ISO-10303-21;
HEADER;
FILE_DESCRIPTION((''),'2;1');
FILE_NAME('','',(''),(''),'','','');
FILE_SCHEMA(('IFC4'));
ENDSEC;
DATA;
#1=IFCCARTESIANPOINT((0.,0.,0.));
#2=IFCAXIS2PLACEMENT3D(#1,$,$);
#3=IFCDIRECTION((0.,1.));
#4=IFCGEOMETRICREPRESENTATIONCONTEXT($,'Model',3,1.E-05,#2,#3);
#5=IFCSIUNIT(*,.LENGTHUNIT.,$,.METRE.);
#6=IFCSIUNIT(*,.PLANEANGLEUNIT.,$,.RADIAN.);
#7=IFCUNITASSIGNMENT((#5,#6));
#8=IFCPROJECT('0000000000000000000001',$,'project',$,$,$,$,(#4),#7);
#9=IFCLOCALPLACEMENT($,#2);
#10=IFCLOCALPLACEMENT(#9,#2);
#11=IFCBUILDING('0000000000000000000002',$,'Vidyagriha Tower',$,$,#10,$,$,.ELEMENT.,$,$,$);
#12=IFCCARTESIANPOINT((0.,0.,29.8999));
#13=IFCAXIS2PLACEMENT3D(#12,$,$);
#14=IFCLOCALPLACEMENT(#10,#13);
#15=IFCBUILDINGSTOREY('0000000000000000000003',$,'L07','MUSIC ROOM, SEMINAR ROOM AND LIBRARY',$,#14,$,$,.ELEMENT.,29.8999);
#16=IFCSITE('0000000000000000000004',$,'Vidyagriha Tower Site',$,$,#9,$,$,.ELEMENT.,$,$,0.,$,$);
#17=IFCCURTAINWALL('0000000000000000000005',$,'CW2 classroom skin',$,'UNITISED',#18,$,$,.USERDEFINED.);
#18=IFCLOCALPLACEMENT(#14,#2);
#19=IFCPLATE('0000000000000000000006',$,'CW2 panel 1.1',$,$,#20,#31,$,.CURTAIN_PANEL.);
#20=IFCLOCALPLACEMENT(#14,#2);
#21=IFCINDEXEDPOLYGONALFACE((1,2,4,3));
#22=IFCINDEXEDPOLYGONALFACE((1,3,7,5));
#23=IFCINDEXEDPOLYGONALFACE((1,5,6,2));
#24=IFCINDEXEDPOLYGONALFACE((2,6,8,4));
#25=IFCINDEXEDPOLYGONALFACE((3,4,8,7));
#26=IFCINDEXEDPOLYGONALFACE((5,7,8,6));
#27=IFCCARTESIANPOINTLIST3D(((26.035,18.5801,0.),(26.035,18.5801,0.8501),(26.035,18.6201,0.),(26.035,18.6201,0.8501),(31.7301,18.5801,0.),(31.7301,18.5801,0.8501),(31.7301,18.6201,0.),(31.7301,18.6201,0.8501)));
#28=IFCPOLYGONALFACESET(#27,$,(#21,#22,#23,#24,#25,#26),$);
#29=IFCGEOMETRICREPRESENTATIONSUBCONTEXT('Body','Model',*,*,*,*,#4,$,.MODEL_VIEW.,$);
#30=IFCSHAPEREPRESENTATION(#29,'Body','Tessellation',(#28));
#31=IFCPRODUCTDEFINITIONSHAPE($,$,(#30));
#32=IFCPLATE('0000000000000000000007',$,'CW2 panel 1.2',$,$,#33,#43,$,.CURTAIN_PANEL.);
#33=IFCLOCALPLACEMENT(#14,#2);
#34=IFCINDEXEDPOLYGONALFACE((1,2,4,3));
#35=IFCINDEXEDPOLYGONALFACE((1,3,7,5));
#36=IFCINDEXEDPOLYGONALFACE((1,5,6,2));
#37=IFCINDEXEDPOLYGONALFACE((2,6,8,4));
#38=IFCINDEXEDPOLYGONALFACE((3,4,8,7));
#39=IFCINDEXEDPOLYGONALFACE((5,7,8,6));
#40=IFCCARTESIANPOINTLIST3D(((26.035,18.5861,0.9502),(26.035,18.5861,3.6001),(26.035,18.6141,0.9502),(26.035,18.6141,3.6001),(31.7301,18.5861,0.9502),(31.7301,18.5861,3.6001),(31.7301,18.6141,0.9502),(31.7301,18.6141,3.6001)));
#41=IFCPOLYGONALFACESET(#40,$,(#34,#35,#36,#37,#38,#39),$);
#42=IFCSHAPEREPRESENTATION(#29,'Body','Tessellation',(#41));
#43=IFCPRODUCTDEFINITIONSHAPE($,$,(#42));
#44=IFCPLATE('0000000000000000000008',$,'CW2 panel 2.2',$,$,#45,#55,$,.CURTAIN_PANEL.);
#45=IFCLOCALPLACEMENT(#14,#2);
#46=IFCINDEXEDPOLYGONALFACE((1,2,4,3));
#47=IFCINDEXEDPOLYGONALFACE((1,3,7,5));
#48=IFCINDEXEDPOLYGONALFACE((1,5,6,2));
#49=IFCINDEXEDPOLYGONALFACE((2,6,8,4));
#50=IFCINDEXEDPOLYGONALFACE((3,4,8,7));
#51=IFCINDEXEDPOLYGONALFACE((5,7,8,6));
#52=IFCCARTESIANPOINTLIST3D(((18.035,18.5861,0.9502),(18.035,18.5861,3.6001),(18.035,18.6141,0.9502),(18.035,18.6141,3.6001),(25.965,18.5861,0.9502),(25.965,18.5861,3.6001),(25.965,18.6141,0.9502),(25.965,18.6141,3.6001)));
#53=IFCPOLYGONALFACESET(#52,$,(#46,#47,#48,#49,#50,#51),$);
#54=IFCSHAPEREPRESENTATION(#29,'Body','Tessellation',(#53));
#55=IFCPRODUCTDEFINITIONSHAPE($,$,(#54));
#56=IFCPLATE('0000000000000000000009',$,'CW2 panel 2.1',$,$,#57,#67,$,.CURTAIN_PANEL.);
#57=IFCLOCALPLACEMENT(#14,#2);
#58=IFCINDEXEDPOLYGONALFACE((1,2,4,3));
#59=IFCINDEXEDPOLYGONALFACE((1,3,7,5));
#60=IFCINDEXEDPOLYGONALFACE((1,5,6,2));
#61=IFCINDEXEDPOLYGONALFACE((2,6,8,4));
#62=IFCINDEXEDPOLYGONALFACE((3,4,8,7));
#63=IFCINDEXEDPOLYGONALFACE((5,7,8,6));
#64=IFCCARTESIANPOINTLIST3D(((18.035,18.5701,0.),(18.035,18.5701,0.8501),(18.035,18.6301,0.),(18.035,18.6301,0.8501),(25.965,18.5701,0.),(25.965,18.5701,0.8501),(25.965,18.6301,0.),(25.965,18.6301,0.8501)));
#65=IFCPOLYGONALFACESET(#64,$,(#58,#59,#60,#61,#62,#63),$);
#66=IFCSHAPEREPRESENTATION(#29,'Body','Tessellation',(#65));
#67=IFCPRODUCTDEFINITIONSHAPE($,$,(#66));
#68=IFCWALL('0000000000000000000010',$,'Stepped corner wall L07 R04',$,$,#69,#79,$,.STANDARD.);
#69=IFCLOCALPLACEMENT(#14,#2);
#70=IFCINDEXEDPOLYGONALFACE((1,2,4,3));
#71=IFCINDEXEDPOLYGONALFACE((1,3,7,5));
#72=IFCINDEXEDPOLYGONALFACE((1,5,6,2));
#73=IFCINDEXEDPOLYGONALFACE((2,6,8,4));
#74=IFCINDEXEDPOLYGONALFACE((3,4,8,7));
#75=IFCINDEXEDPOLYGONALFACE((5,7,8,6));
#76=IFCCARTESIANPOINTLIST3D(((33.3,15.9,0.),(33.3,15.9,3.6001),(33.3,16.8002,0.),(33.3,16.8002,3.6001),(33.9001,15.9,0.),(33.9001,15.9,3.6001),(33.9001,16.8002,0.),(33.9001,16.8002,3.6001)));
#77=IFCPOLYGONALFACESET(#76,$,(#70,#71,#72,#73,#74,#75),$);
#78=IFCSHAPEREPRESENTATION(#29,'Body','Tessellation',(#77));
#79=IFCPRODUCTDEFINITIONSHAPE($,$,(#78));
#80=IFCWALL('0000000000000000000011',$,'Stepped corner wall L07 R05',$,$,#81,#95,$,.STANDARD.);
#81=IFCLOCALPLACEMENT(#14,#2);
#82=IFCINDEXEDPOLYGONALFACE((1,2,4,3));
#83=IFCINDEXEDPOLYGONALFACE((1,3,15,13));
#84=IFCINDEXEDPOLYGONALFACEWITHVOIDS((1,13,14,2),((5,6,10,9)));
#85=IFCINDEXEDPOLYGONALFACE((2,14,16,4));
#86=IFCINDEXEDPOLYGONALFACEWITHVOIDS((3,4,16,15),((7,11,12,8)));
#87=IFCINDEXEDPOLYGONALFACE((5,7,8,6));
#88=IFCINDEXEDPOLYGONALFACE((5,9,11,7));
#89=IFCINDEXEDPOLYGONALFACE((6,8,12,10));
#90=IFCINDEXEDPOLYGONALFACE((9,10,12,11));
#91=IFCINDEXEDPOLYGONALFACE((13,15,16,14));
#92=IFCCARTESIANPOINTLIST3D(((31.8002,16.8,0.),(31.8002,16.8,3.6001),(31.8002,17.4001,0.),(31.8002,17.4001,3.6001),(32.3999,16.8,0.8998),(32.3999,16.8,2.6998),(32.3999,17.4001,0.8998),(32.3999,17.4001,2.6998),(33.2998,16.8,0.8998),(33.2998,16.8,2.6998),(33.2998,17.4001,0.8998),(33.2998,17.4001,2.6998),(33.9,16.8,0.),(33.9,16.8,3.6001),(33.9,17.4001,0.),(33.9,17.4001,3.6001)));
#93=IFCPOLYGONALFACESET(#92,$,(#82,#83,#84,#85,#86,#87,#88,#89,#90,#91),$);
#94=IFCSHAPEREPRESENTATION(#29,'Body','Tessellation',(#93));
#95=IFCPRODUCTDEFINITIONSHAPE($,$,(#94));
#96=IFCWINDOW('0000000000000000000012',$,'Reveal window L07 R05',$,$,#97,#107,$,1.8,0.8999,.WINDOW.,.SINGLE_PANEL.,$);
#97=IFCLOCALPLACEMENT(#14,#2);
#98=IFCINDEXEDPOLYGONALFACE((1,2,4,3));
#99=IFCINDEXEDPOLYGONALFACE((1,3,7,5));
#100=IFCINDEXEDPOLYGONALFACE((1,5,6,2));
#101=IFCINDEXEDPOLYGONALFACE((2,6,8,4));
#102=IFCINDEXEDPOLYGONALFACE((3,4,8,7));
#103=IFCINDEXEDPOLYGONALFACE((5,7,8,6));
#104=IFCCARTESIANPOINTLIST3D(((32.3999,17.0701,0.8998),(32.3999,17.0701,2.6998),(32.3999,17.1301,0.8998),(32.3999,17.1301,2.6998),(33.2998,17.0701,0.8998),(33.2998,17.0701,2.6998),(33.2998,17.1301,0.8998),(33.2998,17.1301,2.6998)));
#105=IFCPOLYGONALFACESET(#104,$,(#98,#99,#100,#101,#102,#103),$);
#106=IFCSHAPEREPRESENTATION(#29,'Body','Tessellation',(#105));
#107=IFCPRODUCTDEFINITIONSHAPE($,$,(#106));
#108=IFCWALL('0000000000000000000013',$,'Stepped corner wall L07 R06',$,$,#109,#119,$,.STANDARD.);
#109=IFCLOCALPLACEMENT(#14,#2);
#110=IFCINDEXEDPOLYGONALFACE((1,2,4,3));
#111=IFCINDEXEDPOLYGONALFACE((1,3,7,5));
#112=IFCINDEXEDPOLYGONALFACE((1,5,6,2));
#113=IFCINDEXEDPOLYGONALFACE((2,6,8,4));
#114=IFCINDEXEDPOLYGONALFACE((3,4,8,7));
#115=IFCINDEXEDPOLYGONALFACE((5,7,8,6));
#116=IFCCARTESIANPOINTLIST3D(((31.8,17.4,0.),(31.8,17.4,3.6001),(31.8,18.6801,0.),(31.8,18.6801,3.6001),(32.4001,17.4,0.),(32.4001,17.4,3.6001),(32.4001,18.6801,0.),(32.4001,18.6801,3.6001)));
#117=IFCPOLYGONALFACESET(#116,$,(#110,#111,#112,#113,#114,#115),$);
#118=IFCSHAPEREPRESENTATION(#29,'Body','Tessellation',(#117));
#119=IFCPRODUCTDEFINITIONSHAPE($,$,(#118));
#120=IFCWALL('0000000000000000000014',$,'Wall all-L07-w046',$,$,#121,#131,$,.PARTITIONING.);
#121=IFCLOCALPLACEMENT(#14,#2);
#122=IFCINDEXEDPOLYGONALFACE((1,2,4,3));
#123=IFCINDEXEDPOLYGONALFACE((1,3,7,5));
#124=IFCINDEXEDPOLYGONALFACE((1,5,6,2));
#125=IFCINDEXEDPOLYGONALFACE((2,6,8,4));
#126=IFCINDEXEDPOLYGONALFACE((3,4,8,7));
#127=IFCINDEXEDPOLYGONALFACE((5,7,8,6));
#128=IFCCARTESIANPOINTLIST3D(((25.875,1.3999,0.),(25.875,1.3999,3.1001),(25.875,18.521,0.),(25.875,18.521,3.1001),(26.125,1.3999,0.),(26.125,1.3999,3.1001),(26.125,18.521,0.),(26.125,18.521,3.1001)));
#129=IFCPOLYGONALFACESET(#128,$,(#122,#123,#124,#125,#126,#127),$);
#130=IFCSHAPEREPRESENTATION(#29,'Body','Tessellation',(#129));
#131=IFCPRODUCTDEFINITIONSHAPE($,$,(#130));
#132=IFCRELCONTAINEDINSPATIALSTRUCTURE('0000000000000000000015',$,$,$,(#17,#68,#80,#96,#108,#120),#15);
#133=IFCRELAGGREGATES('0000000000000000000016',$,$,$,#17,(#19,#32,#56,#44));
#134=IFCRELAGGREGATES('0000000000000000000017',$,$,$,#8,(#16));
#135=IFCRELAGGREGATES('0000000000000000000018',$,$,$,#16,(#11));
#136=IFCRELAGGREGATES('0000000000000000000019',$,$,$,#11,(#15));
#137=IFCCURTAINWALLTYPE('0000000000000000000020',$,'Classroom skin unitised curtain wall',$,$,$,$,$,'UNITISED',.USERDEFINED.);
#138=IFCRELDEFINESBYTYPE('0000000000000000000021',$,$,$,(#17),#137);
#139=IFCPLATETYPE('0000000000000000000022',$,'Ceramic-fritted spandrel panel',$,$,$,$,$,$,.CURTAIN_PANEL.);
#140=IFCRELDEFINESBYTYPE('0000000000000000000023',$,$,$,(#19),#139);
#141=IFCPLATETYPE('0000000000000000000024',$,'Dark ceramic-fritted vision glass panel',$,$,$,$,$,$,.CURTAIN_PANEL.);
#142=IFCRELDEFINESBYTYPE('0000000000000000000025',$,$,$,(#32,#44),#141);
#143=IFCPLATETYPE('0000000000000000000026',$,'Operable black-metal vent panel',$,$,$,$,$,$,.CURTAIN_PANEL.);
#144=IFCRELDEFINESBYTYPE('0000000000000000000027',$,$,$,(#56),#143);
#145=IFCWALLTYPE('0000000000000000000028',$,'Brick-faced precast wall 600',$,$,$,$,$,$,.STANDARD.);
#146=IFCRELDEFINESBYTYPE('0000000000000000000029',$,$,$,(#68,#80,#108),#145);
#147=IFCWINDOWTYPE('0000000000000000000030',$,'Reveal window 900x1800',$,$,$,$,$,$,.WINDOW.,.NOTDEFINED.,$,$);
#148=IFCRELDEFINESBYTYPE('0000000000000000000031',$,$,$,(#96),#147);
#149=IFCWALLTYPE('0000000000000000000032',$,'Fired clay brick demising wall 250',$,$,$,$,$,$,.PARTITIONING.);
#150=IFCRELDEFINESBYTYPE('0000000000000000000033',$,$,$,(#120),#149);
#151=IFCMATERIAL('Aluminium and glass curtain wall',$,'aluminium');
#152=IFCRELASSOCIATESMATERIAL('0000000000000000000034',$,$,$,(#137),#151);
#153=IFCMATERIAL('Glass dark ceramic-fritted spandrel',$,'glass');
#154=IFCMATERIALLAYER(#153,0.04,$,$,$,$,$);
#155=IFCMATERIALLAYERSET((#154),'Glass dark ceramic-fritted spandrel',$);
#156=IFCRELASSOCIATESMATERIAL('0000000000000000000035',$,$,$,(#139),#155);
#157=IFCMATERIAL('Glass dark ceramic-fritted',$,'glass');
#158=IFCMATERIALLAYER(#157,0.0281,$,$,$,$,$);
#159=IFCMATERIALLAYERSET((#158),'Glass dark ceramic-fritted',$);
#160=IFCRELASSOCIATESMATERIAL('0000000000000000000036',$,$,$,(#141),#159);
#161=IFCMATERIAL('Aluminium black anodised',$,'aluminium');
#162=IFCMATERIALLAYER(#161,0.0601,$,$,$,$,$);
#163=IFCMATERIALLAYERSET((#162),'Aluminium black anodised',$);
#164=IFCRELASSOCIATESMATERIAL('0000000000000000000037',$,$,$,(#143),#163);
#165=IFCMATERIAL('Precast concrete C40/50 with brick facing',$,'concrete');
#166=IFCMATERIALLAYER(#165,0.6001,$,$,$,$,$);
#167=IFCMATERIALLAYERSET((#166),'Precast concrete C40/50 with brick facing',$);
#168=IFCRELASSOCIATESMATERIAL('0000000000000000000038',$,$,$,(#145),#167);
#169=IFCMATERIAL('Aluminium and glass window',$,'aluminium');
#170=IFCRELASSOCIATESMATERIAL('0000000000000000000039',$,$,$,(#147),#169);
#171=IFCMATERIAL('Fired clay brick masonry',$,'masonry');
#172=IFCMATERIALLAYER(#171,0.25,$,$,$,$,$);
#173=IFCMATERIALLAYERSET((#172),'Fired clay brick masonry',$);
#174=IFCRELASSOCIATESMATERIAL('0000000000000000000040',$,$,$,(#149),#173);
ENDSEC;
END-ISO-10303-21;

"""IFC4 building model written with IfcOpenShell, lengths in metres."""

from ifc_helpers import new_model, si_unit, direction, frame, frame_2d, origin, origin_2d, place, context, subcontext, project, spatial, rectangle, extrude, material, layer, layer_set, type_object, element, fill, aggregate, save


model = new_model("IFC4")

# Units and contexts
model_context = context("Model", 3, precision=1e-05, world=origin(), true_north=direction((0.0, 1.0)))
body_context = subcontext(model_context, "Body", "Model", "MODEL_VIEW")
ifc_project = project(units=[si_unit("LENGTHUNIT", "METRE"), si_unit("PLANEANGLEUNIT", "RADIAN")], contexts=[model_context])

# Site, building, storey
site_placement = place(None, origin())
site = spatial("IfcSite", under=ifc_project, at=site_placement, Name="Vidyagriha Tower Site", CompositionType="ELEMENT", RefElevation=0.0)
building_placement = place(site_placement, origin())
building = spatial("IfcBuilding", under=site, at=building_placement, Name="Vidyagriha Tower", CompositionType="ELEMENT")
storey_placement = place(building_placement, frame((0.0, 0.0, 29.8999)))
storey = spatial("IfcBuildingStorey", under=building, at=storey_placement, Name="L07", Description="MUSIC ROOM, SEMINAR ROOM AND LIBRARY", CompositionType="ELEMENT", Elevation=29.8999)

# Curtain wall, plates
ifc_material_1 = material(Name="Aluminium and glass curtain wall", Category="aluminium")
curtain_wall_type = type_object("IfcCurtainWallType", Name="Classroom skin unitised curtain wall", ElementType="UNITISED", PredefinedType="USERDEFINED", material=ifc_material_1)
curtain_wall_placement = place(storey_placement, origin())
curtain_wall = element("IfcCurtainWall", 1, at=curtain_wall_placement, inside=storey, type_object=curtain_wall_type, Name="CW2 classroom skin", ObjectType="UNITISED", PredefinedType="USERDEFINED")
ifc_material_2 = material(Name="Glass dark ceramic-fritted spandrel", Category="glass")
ifc_layer_1 = layer(ifc_material_2, 0.04)
ifc_layer_set_1 = layer_set([ifc_layer_1], Name="Glass dark ceramic-fritted spandrel")
plate_type_1 = type_object("IfcPlateType", Name="Ceramic-fritted spandrel panel", PredefinedType="CURTAIN_PANEL", material=ifc_layer_set_1)
plate_1_placement = place(storey_placement, frame((28.8826, 18.6001, 0.0), z_axis=(0.0, 0.0, 1.0), x_axis=(-1.0, 0.0, 0.0)))
plate_1 = element("IfcPlate", 2, at=plate_1_placement, type_object=plate_type_1, Name="CW2 panel 1.1", PredefinedType="CURTAIN_PANEL", context=body_context, shape_type="SweptSolid", body=[
    extrude(rectangle(XDim=5.6951, YDim=0.04, at=origin_2d()), origin(), (0.0, 0.0, 1.0), 0.8501),
])
ifc_material_3 = material(Name="Glass dark ceramic-fritted", Category="glass")
ifc_layer_2 = layer(ifc_material_3, 0.0281)
ifc_layer_set_2 = layer_set([ifc_layer_2], Name="Glass dark ceramic-fritted")
plate_type_2 = type_object("IfcPlateType", Name="Dark ceramic-fritted vision glass panel", PredefinedType="CURTAIN_PANEL", material=ifc_layer_set_2)
plate_2_placement = place(storey_placement, frame((28.8826, 18.6001, 0.9502), z_axis=(0.0, 0.0, 1.0), x_axis=(-1.0, 0.0, 0.0)))
plate_2 = element("IfcPlate", 3, at=plate_2_placement, type_object=plate_type_2, Name="CW2 panel 1.2", PredefinedType="CURTAIN_PANEL", context=body_context, shape_type="SweptSolid", body=[
    extrude(rectangle(XDim=5.6951, YDim=0.0281, at=origin_2d()), origin(), (0.0, 0.0, 1.0), 2.6499),
])
plate_3_placement = place(storey_placement, frame((22.0, 18.6001, 0.9502), z_axis=(0.0, 0.0, 1.0), x_axis=(-1.0, 0.0, 0.0)))
plate_3 = element("IfcPlate", 4, at=plate_3_placement, type_object=plate_type_2, Name="CW2 panel 2.2", PredefinedType="CURTAIN_PANEL", context=body_context, shape_type="SweptSolid", body=[
    extrude(rectangle(XDim=7.9299, YDim=0.0281, at=origin_2d()), origin(), (0.0, 0.0, 1.0), 2.6499),
])
ifc_material_4 = material(Name="Aluminium black anodised", Category="aluminium")
ifc_layer_3 = layer(ifc_material_4, 0.0601)
ifc_layer_set_3 = layer_set([ifc_layer_3], Name="Aluminium black anodised")
plate_type_3 = type_object("IfcPlateType", Name="Operable black-metal vent panel", PredefinedType="CURTAIN_PANEL", material=ifc_layer_set_3)
plate_4_placement = place(storey_placement, frame((22.0, 18.6001, 0.0), z_axis=(0.0, 0.0, 1.0), x_axis=(-1.0, 0.0, 0.0)))
plate_4 = element("IfcPlate", 5, at=plate_4_placement, type_object=plate_type_3, Name="CW2 panel 2.1", PredefinedType="CURTAIN_PANEL", context=body_context, shape_type="SweptSolid", body=[
    extrude(rectangle(XDim=7.9299, YDim=0.0601, at=origin_2d()), origin(), (0.0, 0.0, 1.0), 0.8501),
])
aggregate(curtain_wall, [plate_1, plate_2, plate_4, plate_3])

# Wall
ifc_material_5 = material(Name="Precast concrete C40/50 with brick facing", Category="concrete")
ifc_layer_4 = layer(ifc_material_5, 0.6001)
ifc_layer_set_4 = layer_set([ifc_layer_4], Name="Precast concrete C40/50 with brick facing")
wall_type_1 = type_object("IfcWallType", Name="Brick-faced precast wall 600", PredefinedType="STANDARD", material=ifc_layer_set_4)
wall_1_placement = place(storey_placement, frame((33.6001, 15.8999, 0.0), z_axis=(0.0, 0.0, 1.0), x_axis=(0.0, 1.0, 0.0)))
element("IfcWall", 6, at=wall_1_placement, inside=storey, type_object=wall_type_1, Name="Stepped corner wall L07 R04", PredefinedType="STANDARD", context=body_context, shape_type="SweptSolid", body=[
    extrude(rectangle(XDim=0.9001, YDim=0.6001, at=frame_2d((0.4502, 0.0))), origin(), (0.0, 0.0, 1.0), 3.6001),
])

# Wall, opening, window
wall_2_placement = place(storey_placement, frame((33.8999, 17.1001, 0.0), z_axis=(0.0, 0.0, 1.0), x_axis=(-1.0, 0.0, 0.0)))
wall_2 = element("IfcWall", 7, at=wall_2_placement, inside=storey, type_object=wall_type_1, Name="Stepped corner wall L07 R05", PredefinedType="STANDARD", context=body_context, shape_type="SweptSolid", body=[
    extrude(rectangle(XDim=2.0999, YDim=0.6001, at=frame_2d((1.0498, 0.0))), origin(), (0.0, 0.0, 1.0), 3.6001),
])
opening_placement = place(wall_2_placement, frame((0.6001, 0.0, 0.8999)))
opening = element("IfcOpeningElement", 8, at=opening_placement, cuts=wall_2, PredefinedType="OPENING", context=body_context, shape_type="SweptSolid", body=[
    extrude(rectangle(XDim=0.8999, YDim=1.8, at=frame_2d((0.45, 0.8999))), frame((0.0, 0.3101, 0.0), z_axis=(0.0, -1.0, 0.0), x_axis=(1.0, 0.0, 0.0)), (0.0, 0.0, 1.0), 0.6201),
])
ifc_material_6 = material(Name="Aluminium and glass window", Category="aluminium")
window_type = type_object("IfcWindowType", Name="Reveal window 900x1800", PartitioningType="NOTDEFINED", PredefinedType="WINDOW", material=ifc_material_6)
window_placement = place(opening_placement, origin())
window = element("IfcWindow", 9, at=window_placement, inside=storey, type_object=window_type, Name="Reveal window L07 R05", OverallHeight=1.8, OverallWidth=0.8999, PartitioningType="SINGLE_PANEL", PredefinedType="WINDOW", context=body_context, shape_type="SweptSolid", body=[
    extrude(rectangle(XDim=0.8999, YDim=1.8, at=frame_2d((0.45, 0.8999))), frame((0.0, 0.03, 0.0), z_axis=(0.0, -1.0, 0.0), x_axis=(1.0, 0.0, 0.0)), (0.0, 0.0, 1.0), 0.0601),
])
fill(opening, window)

# Walls
wall_3_placement = place(storey_placement, frame((32.1001, 17.3999, 0.0), z_axis=(0.0, 0.0, 1.0), x_axis=(0.0, 1.0, 0.0)))
element("IfcWall", 10, at=wall_3_placement, inside=storey, type_object=wall_type_1, Name="Stepped corner wall L07 R06", PredefinedType="STANDARD", context=body_context, shape_type="SweptSolid", body=[
    extrude(rectangle(XDim=1.28, YDim=0.6001, at=frame_2d((0.6401, 0.0))), origin(), (0.0, 0.0, 1.0), 3.6001),
])
ifc_material_7 = material(Name="Fired clay brick masonry", Category="masonry")
ifc_layer_5 = layer(ifc_material_7, 0.25)
ifc_layer_set_5 = layer_set([ifc_layer_5], Name="Fired clay brick masonry")
wall_type_2 = type_object("IfcWallType", Name="Fired clay brick demising wall 250", PredefinedType="PARTITIONING", material=ifc_layer_set_5)
wall_4_placement = place(storey_placement, frame((26.0, 18.521, 0.0), z_axis=(0.0, 0.0, 1.0), x_axis=(0.0, -1.0, 0.0)))
element("IfcWall", 11, at=wall_4_placement, inside=storey, type_object=wall_type_2, Name="Wall all-L07-w046", PredefinedType="PARTITIONING", context=body_context, shape_type="SweptSolid", body=[
    extrude(rectangle(XDim=17.1211, YDim=0.25, at=frame_2d((8.5605, 0.0))), origin(), (0.0, 0.0, 1.0), 3.1001),
])

save(model, "model.ifc")
